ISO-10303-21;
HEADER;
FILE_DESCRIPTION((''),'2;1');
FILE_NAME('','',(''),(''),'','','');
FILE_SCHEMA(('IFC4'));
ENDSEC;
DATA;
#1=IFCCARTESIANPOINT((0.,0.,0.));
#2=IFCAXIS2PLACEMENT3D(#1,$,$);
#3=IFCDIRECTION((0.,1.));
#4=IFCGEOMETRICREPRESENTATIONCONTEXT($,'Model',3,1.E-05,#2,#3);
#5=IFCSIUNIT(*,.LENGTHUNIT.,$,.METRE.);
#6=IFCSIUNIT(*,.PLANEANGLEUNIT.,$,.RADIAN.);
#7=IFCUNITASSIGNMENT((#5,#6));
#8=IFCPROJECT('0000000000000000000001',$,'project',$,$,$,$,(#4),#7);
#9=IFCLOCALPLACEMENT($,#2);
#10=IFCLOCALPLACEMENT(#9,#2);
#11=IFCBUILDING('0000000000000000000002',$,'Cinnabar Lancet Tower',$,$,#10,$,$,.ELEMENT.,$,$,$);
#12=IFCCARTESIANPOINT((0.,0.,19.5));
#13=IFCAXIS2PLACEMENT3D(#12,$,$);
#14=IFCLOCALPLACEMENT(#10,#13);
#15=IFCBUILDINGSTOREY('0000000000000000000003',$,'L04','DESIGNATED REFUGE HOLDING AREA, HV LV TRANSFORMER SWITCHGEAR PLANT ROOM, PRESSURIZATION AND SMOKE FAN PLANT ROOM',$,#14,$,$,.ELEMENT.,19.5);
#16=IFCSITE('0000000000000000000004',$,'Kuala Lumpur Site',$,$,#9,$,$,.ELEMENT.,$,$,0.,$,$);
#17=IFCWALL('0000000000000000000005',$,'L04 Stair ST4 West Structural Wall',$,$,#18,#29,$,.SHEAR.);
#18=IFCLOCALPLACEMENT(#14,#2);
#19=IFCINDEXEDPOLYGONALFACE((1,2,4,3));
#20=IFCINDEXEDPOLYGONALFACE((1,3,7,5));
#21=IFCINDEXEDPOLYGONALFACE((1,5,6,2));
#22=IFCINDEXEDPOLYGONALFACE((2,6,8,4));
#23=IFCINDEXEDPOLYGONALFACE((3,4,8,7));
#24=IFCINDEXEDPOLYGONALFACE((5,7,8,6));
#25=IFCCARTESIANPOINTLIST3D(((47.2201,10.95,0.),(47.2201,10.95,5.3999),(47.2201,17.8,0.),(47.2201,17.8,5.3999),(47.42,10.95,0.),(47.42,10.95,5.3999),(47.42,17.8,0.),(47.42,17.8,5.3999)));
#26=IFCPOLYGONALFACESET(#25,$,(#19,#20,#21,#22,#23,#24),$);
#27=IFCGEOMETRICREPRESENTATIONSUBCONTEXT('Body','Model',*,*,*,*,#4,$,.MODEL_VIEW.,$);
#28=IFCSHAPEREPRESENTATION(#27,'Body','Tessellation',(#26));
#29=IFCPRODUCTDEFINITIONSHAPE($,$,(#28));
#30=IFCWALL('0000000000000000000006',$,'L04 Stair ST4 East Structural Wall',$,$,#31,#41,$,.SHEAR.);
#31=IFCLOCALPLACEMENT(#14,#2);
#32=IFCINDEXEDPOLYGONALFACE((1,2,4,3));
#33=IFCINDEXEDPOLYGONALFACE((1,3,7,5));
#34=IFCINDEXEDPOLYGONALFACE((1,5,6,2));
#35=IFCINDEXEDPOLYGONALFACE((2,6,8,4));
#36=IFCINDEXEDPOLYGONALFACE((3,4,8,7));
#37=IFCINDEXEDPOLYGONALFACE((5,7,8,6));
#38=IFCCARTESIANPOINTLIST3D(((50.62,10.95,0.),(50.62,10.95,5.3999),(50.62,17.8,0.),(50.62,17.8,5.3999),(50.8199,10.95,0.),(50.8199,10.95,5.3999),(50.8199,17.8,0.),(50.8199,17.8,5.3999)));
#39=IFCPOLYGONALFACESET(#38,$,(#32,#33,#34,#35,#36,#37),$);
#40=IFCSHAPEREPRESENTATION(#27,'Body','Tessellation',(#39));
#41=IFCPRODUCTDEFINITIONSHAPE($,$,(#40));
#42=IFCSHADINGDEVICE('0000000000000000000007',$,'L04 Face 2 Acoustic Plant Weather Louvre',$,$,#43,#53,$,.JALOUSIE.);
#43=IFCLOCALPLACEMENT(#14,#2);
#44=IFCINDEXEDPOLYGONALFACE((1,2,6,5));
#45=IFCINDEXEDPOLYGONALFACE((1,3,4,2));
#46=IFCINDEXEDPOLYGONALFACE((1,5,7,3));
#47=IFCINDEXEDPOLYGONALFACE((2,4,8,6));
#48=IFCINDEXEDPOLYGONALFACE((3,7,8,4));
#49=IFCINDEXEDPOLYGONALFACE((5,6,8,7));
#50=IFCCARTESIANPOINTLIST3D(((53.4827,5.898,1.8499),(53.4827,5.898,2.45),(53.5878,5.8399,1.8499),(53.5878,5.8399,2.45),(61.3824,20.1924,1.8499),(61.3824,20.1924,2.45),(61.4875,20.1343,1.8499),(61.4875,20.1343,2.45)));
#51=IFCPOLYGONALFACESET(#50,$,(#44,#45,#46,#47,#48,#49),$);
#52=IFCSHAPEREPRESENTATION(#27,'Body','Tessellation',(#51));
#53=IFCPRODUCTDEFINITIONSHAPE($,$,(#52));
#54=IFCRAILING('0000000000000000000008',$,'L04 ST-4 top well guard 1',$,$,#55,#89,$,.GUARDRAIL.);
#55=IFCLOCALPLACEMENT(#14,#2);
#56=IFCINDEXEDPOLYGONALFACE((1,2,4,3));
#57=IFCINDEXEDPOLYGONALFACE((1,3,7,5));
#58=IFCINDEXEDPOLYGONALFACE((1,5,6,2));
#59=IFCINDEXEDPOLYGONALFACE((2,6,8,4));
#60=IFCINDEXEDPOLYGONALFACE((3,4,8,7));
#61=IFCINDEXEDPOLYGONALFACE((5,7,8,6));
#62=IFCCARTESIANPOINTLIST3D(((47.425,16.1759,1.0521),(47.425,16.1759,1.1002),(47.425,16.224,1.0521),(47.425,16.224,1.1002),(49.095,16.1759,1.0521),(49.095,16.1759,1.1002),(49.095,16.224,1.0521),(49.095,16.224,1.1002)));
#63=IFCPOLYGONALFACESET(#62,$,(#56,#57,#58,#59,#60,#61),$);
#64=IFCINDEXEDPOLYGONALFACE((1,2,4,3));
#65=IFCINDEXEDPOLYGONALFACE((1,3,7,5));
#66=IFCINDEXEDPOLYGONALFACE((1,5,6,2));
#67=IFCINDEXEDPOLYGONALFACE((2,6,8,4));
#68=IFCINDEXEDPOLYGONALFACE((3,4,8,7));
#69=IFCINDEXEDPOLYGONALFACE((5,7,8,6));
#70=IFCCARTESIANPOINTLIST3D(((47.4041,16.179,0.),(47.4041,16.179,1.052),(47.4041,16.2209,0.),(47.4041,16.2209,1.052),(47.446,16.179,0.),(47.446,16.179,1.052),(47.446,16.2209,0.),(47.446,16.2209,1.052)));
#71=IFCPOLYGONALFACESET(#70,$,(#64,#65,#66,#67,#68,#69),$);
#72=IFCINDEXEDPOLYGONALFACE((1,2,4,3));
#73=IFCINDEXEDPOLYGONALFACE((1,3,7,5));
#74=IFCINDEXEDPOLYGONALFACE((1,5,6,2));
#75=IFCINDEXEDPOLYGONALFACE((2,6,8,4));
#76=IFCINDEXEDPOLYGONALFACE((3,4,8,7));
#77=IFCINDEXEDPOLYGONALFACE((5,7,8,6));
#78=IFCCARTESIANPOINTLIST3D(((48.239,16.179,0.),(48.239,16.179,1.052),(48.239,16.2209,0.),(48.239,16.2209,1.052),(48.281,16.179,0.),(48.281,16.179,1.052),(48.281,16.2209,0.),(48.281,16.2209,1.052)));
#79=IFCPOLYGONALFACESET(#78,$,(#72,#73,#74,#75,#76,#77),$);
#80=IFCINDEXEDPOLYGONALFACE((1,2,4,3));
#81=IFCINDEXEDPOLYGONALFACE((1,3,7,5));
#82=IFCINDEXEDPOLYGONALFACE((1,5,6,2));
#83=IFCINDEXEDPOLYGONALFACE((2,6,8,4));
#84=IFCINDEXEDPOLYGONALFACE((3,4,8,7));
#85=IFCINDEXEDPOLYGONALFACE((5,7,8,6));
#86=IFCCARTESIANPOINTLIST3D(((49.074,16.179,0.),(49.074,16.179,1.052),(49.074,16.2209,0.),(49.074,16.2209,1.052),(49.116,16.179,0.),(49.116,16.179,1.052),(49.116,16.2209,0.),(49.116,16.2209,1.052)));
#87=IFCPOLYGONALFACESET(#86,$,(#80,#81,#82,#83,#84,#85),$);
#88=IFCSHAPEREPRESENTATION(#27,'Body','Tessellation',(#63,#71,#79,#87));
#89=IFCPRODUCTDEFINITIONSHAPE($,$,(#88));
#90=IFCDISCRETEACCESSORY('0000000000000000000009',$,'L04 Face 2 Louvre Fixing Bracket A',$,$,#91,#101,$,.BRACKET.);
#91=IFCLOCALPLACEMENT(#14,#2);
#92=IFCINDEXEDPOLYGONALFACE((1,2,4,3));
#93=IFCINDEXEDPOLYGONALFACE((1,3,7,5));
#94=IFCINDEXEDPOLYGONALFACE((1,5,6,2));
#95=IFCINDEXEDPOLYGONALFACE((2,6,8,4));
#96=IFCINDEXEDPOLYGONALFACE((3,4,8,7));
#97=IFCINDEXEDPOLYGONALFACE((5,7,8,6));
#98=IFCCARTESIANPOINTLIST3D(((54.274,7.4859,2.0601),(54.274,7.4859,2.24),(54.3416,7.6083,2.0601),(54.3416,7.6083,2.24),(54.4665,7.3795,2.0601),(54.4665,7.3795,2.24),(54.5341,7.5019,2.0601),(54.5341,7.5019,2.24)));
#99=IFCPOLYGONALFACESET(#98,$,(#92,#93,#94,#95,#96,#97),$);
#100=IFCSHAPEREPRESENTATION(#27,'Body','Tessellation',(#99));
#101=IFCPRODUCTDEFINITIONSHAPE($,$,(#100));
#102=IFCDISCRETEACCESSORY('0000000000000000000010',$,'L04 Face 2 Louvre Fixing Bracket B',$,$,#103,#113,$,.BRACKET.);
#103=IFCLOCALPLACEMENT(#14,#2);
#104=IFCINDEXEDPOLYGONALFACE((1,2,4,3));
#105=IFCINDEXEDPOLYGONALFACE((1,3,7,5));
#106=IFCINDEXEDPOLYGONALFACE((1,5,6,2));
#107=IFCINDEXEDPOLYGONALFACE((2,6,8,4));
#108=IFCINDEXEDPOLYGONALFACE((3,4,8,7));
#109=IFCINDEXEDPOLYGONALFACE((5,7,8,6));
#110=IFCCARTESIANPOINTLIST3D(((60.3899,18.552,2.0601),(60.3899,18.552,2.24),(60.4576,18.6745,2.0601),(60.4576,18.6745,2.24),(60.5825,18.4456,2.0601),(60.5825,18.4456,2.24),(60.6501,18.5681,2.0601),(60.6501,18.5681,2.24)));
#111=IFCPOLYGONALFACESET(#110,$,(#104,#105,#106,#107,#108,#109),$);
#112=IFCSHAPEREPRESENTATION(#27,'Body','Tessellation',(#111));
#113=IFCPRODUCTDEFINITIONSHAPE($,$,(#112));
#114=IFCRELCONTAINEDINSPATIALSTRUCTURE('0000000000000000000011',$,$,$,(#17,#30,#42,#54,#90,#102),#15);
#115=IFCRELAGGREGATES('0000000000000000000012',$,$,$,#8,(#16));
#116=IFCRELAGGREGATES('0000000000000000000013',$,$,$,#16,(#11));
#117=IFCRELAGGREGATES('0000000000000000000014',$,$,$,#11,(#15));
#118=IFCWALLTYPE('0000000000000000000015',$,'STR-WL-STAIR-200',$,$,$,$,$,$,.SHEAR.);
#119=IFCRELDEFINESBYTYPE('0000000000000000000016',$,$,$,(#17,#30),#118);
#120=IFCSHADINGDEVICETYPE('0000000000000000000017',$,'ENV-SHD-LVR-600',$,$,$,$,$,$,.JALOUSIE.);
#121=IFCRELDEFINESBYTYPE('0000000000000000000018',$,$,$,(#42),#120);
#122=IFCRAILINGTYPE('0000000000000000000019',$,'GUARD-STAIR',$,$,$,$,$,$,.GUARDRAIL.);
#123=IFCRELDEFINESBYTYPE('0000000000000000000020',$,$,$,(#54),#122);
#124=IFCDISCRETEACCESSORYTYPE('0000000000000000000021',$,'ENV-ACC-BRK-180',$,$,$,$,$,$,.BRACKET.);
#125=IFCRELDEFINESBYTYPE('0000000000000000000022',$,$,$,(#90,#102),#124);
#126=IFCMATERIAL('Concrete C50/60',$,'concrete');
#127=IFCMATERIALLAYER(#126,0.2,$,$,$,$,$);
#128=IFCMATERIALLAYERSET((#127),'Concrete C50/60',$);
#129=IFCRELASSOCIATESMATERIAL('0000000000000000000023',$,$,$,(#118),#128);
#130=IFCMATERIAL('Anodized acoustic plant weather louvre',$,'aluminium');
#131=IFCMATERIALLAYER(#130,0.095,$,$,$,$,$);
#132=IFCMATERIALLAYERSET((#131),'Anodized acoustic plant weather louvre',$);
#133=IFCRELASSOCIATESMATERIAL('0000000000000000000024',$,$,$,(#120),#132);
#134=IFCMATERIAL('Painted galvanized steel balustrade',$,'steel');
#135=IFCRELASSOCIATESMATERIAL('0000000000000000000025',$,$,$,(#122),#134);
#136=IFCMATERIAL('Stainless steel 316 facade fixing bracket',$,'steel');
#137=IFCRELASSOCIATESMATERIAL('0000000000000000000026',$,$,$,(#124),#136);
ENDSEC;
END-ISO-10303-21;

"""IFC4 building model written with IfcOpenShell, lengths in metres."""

from ifc_helpers import new_model, si_unit, direction, frame, frame_2d, origin, origin_2d, place, context, subcontext, project, spatial, rectangle, extrude, material, layer, layer_set, type_object, element, save


model = new_model("IFC4")

# Units and contexts
model_context = context("Model", 3, precision=1e-05, world=origin(), true_north=direction((0.0, 1.0)))
body_context = subcontext(model_context, "Body", "Model", "MODEL_VIEW")
ifc_project = project(units=[si_unit("LENGTHUNIT", "METRE"), si_unit("PLANEANGLEUNIT", "RADIAN")], contexts=[model_context])

# Site, building, storey
site_placement = place(None, origin())
site = spatial("IfcSite", under=ifc_project, at=site_placement, Name="Kuala Lumpur Site", CompositionType="ELEMENT", RefElevation=0.0)
building_placement = place(site_placement, origin())
building = spatial("IfcBuilding", under=site, at=building_placement, Name="Cinnabar Lancet Tower", CompositionType="ELEMENT")
storey_placement = place(building_placement, frame((0.0, 0.0, 19.5)))
storey = spatial("IfcBuildingStorey", under=building, at=storey_placement, Name="L04", Description="DESIGNATED REFUGE HOLDING AREA, HV LV TRANSFORMER SWITCHGEAR PLANT ROOM, PRESSURIZATION AND SMOKE FAN PLANT ROOM", CompositionType="ELEMENT", Elevation=19.5)

# Walls
ifc_material_1 = material(Name="Concrete C50/60", Category="concrete")
ifc_layer_1 = layer(ifc_material_1, 0.2)
ifc_layer_set_1 = layer_set([ifc_layer_1], Name="Concrete C50/60")
wall_type_1 = type_object("IfcWallType", Name="STR-WL-STAIR-200", PredefinedType="SHEAR", material=ifc_layer_set_1)
for number, where, z_axis, x_axis, name in (
    (1, (47.3201, 10.95, 0.0), (0.0, 0.0, 1.0), (0.0, 1.0, 0.0), "L04 Stair ST4 West Structural Wall"),
    (2, (50.72, 10.95, 0.0), (0.0, 0.0, 1.0), (0.0, 1.0, 0.0), "L04 Stair ST4 East Structural Wall"),
):
    element("IfcWall", number, at=place(storey_placement, frame(where, z_axis=z_axis, x_axis=x_axis)), inside=storey, type_object=wall_type_1, Name=name, PredefinedType="SHEAR", context=body_context, shape_type="SweptSolid", body=[
        extrude(rectangle(XDim=6.8501, YDim=0.2, at=frame_2d((3.425, 0.0))), origin(), (0.0, 0.0, 1.0), 5.3999),
    ])

# Shading device
ifc_material_2 = material(Name="Anodized acoustic plant weather louvre", Category="aluminium")
ifc_layer_2 = layer(ifc_material_2, 0.095)
ifc_layer_set_2 = layer_set([ifc_layer_2], Name="Anodized acoustic plant weather louvre")
shading_device_type = type_object("IfcShadingDeviceType", Name="ENV-SHD-LVR-600", PredefinedType="JALOUSIE", material=ifc_layer_set_2)
shading_device_placement = place(storey_placement, frame((57.4851, 13.0161, 1.8499), z_axis=(0.0, 0.0, 1.0), x_axis=(0.483695, 0.875237, 0.0)))
element("IfcShadingDevice", 3, at=shading_device_placement, inside=storey, type_object=shading_device_type, Name="L04 Face 2 Acoustic Plant Weather Louvre", PredefinedType="JALOUSIE", context=body_context, shape_type="SweptSolid", body=[
    extrude(rectangle(XDim=16.332, YDim=0.1201, at=origin_2d()), origin(), (0.0, 0.0, 1.0), 0.6001),
])

# Railing
ifc_material_3 = material(Name="Painted galvanized steel balustrade", Category="steel")
railing_type = type_object("IfcRailingType", Name="GUARD-STAIR", PredefinedType="GUARDRAIL", material=ifc_material_3)
railing_placement = place(storey_placement, frame((47.425, 16.2, 0.0)))
element("IfcRailing", 4, at=railing_placement, inside=storey, type_object=railing_type, Name="L04 ST-4 top well guard 1", PredefinedType="GUARDRAIL", context=body_context, shape_type="SweptSolid", body=[
    extrude(rectangle(XDim=0.0481, YDim=0.0481, at=origin_2d()), frame((0.0, 0.0, 1.0762), z_axis=(1.0, 0.0, 0.0), x_axis=(0.0, 1.0, 0.0)), (0.0, 0.0, 1.0), 1.6699),
    extrude(rectangle(XDim=0.042, YDim=0.042, at=origin_2d()), origin(), (0.0, 0.0, 1.0), 1.052),
    extrude(rectangle(XDim=0.042, YDim=0.042, at=origin_2d()), frame((0.835, 0.0, 0.0)), (0.0, 0.0, 1.0), 1.052),
    extrude(rectangle(XDim=0.042, YDim=0.042, at=origin_2d()), frame((1.6699, 0.0, 0.0)), (0.0, 0.0, 1.0), 1.052),
])

# Discrete accessories
ifc_material_4 = material(Name="Stainless steel 316 facade fixing bracket", Category="steel")
discrete_accessory_type = type_object("IfcDiscreteAccessoryType", Name="ENV-ACC-BRK-180", PredefinedType="BRACKET", material=ifc_material_4)
for number, where, z_axis, x_axis, name in (
    (5, (54.4041, 7.4939, 2.0601), (0.0, 0.0, 1.0), (0.483695, 0.875237, 0.0), "L04 Face 2 Louvre Fixing Bracket A"),
    (6, (60.52, 18.5601, 2.0601), (0.0, 0.0, 1.0), (0.483695, 0.875237, 0.0), "L04 Face 2 Louvre Fixing Bracket B"),
):
    element("IfcDiscreteAccessory", number, at=place(storey_placement, frame(where, z_axis=z_axis, x_axis=x_axis)), inside=storey, type_object=discrete_accessory_type, Name=name, PredefinedType="BRACKET", context=body_context, shape_type="SweptSolid", body=[
        extrude(rectangle(XDim=0.1399, YDim=0.22, at=origin_2d()), origin(), (0.0, 0.0, 1.0), 0.1799),
    ])

save(model, "model.ifc")
